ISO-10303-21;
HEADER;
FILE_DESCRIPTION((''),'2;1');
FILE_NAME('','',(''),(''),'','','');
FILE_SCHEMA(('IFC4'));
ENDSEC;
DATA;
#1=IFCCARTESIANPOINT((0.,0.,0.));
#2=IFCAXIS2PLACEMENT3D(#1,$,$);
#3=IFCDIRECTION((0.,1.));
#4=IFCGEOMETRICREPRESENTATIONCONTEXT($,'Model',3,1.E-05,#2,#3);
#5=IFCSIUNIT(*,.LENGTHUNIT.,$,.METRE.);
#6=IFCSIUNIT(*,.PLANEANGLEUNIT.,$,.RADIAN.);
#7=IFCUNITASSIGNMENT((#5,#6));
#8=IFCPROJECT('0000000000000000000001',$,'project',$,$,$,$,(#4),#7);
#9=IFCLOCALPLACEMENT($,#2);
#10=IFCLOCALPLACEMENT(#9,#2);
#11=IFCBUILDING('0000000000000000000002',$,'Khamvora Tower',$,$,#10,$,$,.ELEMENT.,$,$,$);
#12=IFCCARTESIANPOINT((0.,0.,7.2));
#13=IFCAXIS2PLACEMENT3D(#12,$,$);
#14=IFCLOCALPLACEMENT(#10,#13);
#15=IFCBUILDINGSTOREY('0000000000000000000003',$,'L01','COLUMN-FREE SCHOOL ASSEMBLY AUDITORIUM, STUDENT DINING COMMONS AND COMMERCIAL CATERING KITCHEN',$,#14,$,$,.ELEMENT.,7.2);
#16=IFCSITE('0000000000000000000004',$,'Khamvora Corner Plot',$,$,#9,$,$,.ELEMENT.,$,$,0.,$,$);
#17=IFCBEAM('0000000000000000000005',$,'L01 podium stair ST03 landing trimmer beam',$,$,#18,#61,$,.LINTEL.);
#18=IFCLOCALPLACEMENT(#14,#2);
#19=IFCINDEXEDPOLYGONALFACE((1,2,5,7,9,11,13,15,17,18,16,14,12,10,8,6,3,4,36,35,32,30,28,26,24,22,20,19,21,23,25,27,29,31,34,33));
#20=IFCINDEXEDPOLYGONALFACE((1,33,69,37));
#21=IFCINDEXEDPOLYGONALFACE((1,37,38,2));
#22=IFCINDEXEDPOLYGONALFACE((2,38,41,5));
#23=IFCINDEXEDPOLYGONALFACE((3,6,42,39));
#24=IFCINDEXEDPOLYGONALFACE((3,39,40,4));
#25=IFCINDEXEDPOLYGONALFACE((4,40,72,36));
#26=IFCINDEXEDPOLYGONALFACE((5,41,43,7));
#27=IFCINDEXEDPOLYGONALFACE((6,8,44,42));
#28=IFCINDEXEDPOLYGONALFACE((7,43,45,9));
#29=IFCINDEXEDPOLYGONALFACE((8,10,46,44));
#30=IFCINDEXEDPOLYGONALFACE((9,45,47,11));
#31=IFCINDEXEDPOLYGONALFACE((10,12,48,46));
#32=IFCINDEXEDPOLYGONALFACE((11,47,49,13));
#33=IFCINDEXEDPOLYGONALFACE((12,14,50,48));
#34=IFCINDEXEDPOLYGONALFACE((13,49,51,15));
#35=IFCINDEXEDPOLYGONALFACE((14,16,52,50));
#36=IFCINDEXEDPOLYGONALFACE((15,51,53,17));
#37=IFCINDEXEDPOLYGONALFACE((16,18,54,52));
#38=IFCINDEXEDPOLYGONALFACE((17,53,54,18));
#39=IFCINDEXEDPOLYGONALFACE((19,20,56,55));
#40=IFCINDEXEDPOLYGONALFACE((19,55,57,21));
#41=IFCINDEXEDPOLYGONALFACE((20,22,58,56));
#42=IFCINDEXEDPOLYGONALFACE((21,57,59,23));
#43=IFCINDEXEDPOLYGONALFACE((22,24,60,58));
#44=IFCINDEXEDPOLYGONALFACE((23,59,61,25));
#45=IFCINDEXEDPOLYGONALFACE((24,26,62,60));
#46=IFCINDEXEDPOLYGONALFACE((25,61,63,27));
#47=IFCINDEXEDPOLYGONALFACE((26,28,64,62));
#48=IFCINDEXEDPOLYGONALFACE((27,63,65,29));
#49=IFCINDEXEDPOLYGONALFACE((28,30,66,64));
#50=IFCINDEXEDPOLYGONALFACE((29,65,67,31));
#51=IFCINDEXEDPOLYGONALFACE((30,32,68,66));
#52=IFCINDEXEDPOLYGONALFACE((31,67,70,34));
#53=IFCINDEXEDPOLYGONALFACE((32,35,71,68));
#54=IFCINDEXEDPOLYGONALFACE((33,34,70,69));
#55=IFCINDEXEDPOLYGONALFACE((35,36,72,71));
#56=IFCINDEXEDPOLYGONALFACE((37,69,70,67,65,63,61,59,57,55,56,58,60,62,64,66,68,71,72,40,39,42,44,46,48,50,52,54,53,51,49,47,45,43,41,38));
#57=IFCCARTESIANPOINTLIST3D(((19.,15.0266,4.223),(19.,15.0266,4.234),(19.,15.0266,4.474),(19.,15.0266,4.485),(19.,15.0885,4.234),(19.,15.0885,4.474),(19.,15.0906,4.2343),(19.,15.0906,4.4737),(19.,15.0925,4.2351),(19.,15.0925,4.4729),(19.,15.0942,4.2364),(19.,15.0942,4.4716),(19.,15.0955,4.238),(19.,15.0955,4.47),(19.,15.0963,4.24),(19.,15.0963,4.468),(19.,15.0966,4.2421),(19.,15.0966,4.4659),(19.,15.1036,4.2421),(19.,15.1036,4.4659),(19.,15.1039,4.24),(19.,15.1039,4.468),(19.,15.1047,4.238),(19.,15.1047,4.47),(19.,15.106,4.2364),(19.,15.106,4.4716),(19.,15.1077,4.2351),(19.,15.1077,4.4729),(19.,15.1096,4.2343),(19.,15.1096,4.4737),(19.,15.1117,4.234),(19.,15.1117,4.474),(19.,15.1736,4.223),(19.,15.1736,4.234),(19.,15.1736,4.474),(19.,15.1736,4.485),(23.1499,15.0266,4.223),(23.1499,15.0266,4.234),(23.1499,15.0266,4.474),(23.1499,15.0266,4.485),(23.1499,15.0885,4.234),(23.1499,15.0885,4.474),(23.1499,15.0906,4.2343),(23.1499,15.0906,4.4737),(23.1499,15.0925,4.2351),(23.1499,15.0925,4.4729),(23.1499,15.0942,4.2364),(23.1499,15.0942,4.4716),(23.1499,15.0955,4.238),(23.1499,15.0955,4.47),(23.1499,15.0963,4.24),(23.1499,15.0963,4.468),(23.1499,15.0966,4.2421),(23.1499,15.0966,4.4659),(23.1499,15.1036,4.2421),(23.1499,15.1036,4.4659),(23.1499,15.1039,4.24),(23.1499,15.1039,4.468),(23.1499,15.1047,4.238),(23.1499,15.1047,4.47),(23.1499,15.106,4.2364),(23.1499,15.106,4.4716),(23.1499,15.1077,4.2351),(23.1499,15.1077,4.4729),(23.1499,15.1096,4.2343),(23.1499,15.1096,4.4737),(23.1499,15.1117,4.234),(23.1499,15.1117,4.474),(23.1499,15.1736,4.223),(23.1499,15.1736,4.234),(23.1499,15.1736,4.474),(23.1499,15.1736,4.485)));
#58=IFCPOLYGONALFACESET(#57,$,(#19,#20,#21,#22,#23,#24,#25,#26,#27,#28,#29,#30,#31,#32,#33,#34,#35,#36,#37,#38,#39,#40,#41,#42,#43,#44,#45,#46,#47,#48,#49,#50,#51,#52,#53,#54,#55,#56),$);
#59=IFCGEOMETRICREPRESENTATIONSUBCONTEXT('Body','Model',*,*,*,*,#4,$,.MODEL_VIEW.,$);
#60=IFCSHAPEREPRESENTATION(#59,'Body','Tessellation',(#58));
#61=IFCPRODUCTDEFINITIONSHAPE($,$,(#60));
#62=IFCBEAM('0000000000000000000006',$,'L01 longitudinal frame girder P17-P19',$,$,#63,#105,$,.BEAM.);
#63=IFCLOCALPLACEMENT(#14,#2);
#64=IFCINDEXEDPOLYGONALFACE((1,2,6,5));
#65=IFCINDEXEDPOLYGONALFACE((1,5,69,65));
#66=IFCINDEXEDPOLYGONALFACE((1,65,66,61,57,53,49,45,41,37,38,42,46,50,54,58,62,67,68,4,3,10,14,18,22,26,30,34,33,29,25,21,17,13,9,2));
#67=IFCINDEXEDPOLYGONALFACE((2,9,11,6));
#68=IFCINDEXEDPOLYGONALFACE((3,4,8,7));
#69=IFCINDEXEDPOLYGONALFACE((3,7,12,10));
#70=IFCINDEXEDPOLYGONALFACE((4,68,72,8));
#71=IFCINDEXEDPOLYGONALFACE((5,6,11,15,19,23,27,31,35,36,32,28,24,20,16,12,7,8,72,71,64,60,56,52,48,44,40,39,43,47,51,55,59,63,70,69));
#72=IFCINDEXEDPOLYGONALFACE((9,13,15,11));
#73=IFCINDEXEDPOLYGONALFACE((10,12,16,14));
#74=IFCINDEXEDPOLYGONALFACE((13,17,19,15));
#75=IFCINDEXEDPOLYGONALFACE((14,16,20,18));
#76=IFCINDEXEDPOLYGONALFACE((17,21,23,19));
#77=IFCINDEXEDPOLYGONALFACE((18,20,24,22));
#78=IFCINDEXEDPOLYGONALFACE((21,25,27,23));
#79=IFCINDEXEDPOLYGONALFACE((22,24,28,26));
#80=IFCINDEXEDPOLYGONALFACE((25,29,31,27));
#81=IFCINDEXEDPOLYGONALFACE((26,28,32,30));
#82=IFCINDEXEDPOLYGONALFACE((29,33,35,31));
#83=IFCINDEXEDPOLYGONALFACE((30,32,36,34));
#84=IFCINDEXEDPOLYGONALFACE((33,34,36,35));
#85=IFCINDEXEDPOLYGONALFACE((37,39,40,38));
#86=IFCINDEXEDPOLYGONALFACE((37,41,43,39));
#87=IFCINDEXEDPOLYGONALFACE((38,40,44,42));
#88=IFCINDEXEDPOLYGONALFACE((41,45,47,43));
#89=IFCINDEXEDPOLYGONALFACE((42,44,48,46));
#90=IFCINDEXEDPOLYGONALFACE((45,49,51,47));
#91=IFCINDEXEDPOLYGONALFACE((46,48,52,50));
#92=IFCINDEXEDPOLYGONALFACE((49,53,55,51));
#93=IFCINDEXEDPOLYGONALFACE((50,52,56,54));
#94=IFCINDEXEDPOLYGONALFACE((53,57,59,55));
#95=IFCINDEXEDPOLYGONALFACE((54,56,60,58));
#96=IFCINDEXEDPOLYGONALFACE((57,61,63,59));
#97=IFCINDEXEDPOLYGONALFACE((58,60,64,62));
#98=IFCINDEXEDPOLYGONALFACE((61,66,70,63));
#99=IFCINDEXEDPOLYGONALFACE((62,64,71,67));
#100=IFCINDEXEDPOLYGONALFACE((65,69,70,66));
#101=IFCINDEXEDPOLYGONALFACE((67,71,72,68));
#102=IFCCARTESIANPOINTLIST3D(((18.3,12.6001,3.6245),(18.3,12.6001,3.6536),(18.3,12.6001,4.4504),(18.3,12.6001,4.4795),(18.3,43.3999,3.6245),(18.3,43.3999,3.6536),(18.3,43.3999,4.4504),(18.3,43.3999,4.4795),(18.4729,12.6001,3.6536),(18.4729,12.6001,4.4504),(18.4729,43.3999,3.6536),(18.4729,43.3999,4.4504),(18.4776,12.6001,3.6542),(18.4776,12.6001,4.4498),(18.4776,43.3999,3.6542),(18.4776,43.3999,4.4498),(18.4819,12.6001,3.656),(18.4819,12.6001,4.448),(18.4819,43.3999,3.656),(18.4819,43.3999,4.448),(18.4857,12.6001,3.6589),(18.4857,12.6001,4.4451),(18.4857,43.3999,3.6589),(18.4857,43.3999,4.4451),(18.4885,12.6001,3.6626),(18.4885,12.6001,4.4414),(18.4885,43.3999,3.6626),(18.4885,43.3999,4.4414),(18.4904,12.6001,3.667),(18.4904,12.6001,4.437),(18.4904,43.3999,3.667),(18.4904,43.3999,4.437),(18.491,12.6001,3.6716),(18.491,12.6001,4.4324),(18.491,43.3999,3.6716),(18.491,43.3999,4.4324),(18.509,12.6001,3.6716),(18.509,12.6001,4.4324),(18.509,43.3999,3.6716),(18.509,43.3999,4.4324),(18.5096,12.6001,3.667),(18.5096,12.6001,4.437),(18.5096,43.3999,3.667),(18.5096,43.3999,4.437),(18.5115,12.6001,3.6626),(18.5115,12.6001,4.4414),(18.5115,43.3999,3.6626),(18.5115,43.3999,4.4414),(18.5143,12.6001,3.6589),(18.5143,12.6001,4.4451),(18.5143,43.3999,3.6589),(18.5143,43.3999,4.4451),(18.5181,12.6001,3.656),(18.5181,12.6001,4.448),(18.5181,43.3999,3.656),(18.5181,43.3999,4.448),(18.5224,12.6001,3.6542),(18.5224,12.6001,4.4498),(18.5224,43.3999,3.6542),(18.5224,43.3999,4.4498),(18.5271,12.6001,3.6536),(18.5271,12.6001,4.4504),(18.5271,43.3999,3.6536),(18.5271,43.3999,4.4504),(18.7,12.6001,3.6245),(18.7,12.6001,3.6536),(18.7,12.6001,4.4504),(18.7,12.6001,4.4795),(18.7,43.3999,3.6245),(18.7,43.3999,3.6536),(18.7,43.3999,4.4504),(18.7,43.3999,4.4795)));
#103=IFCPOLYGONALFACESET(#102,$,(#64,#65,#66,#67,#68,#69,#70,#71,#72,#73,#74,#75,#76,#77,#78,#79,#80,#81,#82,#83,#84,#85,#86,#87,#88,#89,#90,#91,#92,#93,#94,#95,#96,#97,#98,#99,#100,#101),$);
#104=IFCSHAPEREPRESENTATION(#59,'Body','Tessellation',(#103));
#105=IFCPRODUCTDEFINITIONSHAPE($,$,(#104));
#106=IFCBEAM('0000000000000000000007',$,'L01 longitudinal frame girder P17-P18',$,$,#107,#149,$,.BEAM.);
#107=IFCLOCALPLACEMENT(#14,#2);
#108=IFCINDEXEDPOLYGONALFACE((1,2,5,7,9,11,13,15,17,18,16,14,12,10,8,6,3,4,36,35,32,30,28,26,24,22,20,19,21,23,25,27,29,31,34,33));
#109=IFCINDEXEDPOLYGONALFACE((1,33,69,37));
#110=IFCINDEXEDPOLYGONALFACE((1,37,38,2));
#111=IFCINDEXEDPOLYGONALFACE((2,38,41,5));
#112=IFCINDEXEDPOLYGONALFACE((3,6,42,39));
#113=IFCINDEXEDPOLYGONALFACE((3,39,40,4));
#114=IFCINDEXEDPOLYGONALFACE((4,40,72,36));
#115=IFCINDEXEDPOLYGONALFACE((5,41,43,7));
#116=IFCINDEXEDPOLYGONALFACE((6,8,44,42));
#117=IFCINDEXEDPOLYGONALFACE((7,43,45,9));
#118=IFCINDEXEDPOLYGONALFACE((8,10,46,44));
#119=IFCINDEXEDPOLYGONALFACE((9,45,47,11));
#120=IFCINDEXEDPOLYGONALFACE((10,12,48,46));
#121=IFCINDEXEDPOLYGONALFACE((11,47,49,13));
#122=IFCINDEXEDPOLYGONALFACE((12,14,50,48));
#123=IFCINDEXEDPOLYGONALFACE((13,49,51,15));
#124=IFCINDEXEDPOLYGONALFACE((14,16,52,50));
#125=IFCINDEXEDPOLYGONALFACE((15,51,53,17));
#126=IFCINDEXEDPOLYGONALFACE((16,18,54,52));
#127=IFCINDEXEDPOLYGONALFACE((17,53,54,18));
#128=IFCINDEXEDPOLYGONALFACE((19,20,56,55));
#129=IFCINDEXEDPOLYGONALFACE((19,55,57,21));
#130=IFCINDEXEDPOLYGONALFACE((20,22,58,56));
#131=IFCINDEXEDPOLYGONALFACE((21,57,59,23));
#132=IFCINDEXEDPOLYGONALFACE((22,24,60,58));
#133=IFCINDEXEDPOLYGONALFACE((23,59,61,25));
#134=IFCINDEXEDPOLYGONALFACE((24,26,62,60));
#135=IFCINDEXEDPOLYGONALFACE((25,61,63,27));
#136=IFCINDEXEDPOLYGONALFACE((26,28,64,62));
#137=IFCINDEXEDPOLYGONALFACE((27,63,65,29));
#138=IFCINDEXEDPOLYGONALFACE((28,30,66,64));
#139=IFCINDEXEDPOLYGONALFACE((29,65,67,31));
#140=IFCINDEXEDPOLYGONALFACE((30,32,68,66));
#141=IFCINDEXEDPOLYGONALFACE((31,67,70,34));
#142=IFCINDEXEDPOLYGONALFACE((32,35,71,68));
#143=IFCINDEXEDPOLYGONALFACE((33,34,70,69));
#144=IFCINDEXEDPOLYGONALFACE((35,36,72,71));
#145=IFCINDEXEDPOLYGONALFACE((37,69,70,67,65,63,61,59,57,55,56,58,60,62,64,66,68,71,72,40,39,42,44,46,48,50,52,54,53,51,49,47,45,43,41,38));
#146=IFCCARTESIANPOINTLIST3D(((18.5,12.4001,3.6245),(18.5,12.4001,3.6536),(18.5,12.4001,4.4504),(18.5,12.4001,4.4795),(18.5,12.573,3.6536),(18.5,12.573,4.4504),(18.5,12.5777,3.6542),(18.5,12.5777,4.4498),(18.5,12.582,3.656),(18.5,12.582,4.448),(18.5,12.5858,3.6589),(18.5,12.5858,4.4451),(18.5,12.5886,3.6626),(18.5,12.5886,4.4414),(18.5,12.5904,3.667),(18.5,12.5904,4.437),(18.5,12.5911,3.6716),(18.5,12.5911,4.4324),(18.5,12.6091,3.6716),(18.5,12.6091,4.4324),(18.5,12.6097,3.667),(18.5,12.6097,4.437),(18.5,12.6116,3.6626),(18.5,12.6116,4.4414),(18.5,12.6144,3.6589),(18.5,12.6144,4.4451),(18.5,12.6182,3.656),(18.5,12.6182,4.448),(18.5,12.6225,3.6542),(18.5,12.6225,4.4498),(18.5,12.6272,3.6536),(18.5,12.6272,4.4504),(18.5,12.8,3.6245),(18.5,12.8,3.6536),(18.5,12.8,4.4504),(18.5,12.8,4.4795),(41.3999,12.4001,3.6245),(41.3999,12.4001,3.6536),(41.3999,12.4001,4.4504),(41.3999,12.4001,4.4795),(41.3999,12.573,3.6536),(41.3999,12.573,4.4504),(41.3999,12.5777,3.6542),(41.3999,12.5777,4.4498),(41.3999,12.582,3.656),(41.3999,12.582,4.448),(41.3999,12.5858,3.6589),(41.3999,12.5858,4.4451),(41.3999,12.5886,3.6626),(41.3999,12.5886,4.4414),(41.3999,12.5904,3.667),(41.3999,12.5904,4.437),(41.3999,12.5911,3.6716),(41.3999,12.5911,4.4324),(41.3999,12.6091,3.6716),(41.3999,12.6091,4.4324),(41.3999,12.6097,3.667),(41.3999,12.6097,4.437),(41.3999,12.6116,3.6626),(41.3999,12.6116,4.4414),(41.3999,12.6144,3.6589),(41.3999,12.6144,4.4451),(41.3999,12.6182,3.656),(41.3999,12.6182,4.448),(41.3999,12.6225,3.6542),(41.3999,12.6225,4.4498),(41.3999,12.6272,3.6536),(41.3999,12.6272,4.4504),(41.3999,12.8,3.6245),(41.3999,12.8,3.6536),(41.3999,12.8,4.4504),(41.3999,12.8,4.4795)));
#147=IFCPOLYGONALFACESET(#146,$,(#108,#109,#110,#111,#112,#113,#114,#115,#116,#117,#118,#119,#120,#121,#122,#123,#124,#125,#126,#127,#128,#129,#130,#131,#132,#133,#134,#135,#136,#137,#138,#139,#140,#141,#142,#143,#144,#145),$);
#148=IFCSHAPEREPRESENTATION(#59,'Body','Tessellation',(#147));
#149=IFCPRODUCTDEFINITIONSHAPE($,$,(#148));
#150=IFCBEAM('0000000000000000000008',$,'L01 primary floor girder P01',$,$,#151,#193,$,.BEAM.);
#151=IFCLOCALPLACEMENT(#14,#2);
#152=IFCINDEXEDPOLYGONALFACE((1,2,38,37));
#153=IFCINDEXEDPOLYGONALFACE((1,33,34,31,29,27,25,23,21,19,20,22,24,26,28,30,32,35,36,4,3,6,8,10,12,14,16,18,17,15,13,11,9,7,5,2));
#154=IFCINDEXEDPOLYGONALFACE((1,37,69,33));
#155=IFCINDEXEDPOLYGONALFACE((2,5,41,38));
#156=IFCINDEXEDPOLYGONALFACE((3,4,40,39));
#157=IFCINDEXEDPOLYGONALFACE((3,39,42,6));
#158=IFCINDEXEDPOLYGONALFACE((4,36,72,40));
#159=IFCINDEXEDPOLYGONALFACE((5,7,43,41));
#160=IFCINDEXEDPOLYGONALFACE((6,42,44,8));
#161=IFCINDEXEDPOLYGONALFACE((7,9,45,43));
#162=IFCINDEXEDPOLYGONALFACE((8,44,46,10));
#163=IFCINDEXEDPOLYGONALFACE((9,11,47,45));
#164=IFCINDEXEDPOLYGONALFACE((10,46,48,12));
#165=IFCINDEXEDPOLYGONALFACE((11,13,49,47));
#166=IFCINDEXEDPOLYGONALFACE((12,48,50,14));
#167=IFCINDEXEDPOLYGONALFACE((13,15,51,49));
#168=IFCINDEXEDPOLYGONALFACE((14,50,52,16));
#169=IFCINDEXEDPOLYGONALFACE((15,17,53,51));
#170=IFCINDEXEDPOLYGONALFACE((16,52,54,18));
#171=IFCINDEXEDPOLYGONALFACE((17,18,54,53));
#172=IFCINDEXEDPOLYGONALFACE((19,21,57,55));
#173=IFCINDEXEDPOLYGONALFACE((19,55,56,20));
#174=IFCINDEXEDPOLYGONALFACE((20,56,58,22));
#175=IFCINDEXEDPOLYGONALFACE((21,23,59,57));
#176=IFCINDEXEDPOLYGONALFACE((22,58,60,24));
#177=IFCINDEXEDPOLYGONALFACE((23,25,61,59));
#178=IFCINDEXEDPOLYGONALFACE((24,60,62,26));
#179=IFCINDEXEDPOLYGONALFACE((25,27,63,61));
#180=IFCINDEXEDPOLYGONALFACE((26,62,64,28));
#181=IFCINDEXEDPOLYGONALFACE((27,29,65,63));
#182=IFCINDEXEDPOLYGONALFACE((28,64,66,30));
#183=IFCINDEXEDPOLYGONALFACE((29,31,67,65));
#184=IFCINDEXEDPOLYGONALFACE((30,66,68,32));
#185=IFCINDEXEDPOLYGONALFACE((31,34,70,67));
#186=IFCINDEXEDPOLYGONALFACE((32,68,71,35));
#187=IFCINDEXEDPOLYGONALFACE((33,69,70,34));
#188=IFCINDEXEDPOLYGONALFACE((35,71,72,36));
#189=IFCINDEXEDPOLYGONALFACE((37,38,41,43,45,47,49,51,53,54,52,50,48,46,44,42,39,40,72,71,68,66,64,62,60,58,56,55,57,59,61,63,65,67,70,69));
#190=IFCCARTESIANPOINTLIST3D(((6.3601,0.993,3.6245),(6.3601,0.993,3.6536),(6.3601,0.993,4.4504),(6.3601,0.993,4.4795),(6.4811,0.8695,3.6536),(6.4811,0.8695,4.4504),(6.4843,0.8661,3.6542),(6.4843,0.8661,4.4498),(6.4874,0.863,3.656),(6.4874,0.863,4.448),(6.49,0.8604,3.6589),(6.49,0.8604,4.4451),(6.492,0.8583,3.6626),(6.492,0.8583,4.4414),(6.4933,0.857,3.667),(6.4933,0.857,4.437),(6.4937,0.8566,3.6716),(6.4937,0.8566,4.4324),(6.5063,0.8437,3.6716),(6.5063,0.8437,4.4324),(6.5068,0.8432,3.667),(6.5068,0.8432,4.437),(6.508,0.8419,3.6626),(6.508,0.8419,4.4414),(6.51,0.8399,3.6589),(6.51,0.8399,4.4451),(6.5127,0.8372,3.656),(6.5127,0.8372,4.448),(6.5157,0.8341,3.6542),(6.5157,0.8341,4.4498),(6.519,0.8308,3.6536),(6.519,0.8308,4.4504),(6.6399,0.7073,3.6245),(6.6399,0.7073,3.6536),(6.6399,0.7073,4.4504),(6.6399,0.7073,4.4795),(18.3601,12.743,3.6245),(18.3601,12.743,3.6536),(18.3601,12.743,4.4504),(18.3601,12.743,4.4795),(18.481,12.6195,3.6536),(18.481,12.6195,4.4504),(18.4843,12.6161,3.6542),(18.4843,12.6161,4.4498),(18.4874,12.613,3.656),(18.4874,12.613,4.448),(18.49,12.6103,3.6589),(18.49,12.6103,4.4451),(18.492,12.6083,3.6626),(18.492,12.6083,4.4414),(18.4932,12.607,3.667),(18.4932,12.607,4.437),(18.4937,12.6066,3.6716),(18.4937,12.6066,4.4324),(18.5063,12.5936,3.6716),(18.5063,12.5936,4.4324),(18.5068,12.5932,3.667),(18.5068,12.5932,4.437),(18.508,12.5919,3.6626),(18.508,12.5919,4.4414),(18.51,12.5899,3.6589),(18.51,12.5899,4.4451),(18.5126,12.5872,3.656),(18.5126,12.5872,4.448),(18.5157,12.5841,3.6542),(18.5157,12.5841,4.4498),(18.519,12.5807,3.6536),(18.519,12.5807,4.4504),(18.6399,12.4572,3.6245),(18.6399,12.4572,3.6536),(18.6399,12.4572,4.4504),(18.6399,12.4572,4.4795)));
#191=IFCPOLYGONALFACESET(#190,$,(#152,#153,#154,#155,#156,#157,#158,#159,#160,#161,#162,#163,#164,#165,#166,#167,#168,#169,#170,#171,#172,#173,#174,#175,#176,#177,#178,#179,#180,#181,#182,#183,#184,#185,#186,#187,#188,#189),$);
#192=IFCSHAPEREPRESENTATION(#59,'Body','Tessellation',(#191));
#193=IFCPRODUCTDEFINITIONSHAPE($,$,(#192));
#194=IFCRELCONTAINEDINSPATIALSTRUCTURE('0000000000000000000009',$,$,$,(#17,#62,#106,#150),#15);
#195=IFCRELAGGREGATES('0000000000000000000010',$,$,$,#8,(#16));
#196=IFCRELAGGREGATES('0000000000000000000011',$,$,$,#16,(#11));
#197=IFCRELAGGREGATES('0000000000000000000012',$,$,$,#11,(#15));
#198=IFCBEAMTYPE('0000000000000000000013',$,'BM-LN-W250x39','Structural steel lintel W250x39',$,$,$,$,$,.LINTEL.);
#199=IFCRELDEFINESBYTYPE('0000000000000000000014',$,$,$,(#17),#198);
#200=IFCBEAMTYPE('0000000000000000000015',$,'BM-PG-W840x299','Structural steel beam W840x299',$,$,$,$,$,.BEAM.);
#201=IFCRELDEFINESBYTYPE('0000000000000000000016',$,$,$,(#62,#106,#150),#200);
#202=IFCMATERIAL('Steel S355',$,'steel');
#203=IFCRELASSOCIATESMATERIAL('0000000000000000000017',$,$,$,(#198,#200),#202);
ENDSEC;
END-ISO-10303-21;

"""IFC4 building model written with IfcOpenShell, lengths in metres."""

from ifc_helpers import new_model, si_unit, direction, frame, origin, origin_2d, place, context, subcontext, project, spatial, i_section, extrude, material, material_profile, profile_set, type_object, element, save


model = new_model("IFC4")

# Units and contexts
model_context = context("Model", 3, precision=1e-05, world=origin(), true_north=direction((0.0, 1.0)))
body_context = subcontext(model_context, "Body", "Model", "MODEL_VIEW")
ifc_project = project(units=[si_unit("LENGTHUNIT", "METRE"), si_unit("PLANEANGLEUNIT", "RADIAN")], contexts=[model_context])

# Site, building, storey
site_placement = place(None, origin())
site = spatial("IfcSite", under=ifc_project, at=site_placement, Name="Khamvora Corner Plot", CompositionType="ELEMENT", RefElevation=0.0)
building_placement = place(site_placement, origin())
building = spatial("IfcBuilding", under=site, at=building_placement, Name="Khamvora Tower", CompositionType="ELEMENT")
storey_placement = place(building_placement, frame((0.0, 0.0, 7.2)))
storey = spatial("IfcBuildingStorey", under=building, at=storey_placement, Name="L01", Description="COLUMN-FREE SCHOOL ASSEMBLY AUDITORIUM, STUDENT DINING COMMONS AND COMMERCIAL CATERING KITCHEN", CompositionType="ELEMENT", Elevation=7.2)

# Beams
ifc_material_1 = material(Name="Steel S355", Category="steel")
ifc_material_profile_1 = material_profile(ifc_material_1, i_section(OverallWidth=0.147, OverallDepth=0.262, WebThickness=0.0071, FlangeThickness=0.011, FilletRadius=0.0081, at=origin_2d()), Name="W250x39")
ifc_profile_set_1 = profile_set([ifc_material_profile_1], Name="Steel S355")
beam_type_1 = type_object("IfcBeamType", Name="BM-LN-W250x39", Description="Structural steel lintel W250x39", PredefinedType="LINTEL", material=ifc_profile_set_1)
beam_1_placement = place(storey_placement, frame((19.0, 15.1001, 4.354), z_axis=(1.0, 0.0, 0.0), x_axis=(0.0, 1.0, 0.0)))
element("IfcBeam", 1, at=beam_1_placement, inside=storey, type_object=beam_type_1, Name="L01 podium stair ST03 landing trimmer beam", PredefinedType="LINTEL", context=body_context, shape_type="SweptSolid", body=[
    extrude(i_section(OverallWidth=0.147, OverallDepth=0.262, WebThickness=0.0071, FlangeThickness=0.011, FilletRadius=0.0081, at=origin_2d()), origin(), (0.0, 0.0, 1.0), 4.1499),
])
ifc_material_profile_2 = material_profile(ifc_material_1, i_section(OverallWidth=0.3999, OverallDepth=0.855, WebThickness=0.0181, FlangeThickness=0.0291, FilletRadius=0.0181, at=origin_2d()), Name="W840x299")
ifc_profile_set_2 = profile_set([ifc_material_profile_2], Name="Steel S355")
beam_type_2 = type_object("IfcBeamType", Name="BM-PG-W840x299", Description="Structural steel beam W840x299", PredefinedType="BEAM", material=ifc_profile_set_2)
beam_2_placement = place(storey_placement, frame((18.5, 12.6001, 4.052), z_axis=(0.0, 1.0, 0.0), x_axis=(-1.0, 0.0, 0.0)))
element("IfcBeam", 2, at=beam_2_placement, inside=storey, type_object=beam_type_2, Name="L01 longitudinal frame girder P17-P19", PredefinedType="BEAM", context=body_context, shape_type="SweptSolid", body=[
    extrude(i_section(OverallWidth=0.3999, OverallDepth=0.855, WebThickness=0.0181, FlangeThickness=0.0291, FilletRadius=0.0181, at=origin_2d()), origin(), (0.0, 0.0, 1.0), 30.7998),
])
beam_3_placement = place(storey_placement, frame((18.5, 12.6001, 4.052), z_axis=(1.0, 0.0, 0.0), x_axis=(0.0, 1.0, 0.0)))
element("IfcBeam", 3, at=beam_3_placement, inside=storey, type_object=beam_type_2, Name="L01 longitudinal frame girder P17-P18", PredefinedType="BEAM", context=body_context, shape_type="SweptSolid", body=[
    extrude(i_section(OverallWidth=0.3999, OverallDepth=0.855, WebThickness=0.0181, FlangeThickness=0.0291, FilletRadius=0.0181, at=origin_2d()), origin(), (0.0, 0.0, 1.0), 22.8999),
])
beam_4_placement = place(storey_placement, frame((18.5, 12.6001, 4.052), z_axis=(-0.71451, -0.699625, 0.0), x_axis=(0.699625, -0.71451, 0.0)))
element("IfcBeam", 4, at=beam_4_placement, inside=storey, type_object=beam_type_2, Name="L01 primary floor girder P01", PredefinedType="BEAM", context=body_context, shape_type="SweptSolid", body=[
    extrude(i_section(OverallWidth=0.3999, OverallDepth=0.855, WebThickness=0.0181, FlangeThickness=0.0291, FilletRadius=0.0181, at=origin_2d()), origin(), (0.0, 0.0, 1.0), 16.7947),
])

save(model, "model.ifc")
